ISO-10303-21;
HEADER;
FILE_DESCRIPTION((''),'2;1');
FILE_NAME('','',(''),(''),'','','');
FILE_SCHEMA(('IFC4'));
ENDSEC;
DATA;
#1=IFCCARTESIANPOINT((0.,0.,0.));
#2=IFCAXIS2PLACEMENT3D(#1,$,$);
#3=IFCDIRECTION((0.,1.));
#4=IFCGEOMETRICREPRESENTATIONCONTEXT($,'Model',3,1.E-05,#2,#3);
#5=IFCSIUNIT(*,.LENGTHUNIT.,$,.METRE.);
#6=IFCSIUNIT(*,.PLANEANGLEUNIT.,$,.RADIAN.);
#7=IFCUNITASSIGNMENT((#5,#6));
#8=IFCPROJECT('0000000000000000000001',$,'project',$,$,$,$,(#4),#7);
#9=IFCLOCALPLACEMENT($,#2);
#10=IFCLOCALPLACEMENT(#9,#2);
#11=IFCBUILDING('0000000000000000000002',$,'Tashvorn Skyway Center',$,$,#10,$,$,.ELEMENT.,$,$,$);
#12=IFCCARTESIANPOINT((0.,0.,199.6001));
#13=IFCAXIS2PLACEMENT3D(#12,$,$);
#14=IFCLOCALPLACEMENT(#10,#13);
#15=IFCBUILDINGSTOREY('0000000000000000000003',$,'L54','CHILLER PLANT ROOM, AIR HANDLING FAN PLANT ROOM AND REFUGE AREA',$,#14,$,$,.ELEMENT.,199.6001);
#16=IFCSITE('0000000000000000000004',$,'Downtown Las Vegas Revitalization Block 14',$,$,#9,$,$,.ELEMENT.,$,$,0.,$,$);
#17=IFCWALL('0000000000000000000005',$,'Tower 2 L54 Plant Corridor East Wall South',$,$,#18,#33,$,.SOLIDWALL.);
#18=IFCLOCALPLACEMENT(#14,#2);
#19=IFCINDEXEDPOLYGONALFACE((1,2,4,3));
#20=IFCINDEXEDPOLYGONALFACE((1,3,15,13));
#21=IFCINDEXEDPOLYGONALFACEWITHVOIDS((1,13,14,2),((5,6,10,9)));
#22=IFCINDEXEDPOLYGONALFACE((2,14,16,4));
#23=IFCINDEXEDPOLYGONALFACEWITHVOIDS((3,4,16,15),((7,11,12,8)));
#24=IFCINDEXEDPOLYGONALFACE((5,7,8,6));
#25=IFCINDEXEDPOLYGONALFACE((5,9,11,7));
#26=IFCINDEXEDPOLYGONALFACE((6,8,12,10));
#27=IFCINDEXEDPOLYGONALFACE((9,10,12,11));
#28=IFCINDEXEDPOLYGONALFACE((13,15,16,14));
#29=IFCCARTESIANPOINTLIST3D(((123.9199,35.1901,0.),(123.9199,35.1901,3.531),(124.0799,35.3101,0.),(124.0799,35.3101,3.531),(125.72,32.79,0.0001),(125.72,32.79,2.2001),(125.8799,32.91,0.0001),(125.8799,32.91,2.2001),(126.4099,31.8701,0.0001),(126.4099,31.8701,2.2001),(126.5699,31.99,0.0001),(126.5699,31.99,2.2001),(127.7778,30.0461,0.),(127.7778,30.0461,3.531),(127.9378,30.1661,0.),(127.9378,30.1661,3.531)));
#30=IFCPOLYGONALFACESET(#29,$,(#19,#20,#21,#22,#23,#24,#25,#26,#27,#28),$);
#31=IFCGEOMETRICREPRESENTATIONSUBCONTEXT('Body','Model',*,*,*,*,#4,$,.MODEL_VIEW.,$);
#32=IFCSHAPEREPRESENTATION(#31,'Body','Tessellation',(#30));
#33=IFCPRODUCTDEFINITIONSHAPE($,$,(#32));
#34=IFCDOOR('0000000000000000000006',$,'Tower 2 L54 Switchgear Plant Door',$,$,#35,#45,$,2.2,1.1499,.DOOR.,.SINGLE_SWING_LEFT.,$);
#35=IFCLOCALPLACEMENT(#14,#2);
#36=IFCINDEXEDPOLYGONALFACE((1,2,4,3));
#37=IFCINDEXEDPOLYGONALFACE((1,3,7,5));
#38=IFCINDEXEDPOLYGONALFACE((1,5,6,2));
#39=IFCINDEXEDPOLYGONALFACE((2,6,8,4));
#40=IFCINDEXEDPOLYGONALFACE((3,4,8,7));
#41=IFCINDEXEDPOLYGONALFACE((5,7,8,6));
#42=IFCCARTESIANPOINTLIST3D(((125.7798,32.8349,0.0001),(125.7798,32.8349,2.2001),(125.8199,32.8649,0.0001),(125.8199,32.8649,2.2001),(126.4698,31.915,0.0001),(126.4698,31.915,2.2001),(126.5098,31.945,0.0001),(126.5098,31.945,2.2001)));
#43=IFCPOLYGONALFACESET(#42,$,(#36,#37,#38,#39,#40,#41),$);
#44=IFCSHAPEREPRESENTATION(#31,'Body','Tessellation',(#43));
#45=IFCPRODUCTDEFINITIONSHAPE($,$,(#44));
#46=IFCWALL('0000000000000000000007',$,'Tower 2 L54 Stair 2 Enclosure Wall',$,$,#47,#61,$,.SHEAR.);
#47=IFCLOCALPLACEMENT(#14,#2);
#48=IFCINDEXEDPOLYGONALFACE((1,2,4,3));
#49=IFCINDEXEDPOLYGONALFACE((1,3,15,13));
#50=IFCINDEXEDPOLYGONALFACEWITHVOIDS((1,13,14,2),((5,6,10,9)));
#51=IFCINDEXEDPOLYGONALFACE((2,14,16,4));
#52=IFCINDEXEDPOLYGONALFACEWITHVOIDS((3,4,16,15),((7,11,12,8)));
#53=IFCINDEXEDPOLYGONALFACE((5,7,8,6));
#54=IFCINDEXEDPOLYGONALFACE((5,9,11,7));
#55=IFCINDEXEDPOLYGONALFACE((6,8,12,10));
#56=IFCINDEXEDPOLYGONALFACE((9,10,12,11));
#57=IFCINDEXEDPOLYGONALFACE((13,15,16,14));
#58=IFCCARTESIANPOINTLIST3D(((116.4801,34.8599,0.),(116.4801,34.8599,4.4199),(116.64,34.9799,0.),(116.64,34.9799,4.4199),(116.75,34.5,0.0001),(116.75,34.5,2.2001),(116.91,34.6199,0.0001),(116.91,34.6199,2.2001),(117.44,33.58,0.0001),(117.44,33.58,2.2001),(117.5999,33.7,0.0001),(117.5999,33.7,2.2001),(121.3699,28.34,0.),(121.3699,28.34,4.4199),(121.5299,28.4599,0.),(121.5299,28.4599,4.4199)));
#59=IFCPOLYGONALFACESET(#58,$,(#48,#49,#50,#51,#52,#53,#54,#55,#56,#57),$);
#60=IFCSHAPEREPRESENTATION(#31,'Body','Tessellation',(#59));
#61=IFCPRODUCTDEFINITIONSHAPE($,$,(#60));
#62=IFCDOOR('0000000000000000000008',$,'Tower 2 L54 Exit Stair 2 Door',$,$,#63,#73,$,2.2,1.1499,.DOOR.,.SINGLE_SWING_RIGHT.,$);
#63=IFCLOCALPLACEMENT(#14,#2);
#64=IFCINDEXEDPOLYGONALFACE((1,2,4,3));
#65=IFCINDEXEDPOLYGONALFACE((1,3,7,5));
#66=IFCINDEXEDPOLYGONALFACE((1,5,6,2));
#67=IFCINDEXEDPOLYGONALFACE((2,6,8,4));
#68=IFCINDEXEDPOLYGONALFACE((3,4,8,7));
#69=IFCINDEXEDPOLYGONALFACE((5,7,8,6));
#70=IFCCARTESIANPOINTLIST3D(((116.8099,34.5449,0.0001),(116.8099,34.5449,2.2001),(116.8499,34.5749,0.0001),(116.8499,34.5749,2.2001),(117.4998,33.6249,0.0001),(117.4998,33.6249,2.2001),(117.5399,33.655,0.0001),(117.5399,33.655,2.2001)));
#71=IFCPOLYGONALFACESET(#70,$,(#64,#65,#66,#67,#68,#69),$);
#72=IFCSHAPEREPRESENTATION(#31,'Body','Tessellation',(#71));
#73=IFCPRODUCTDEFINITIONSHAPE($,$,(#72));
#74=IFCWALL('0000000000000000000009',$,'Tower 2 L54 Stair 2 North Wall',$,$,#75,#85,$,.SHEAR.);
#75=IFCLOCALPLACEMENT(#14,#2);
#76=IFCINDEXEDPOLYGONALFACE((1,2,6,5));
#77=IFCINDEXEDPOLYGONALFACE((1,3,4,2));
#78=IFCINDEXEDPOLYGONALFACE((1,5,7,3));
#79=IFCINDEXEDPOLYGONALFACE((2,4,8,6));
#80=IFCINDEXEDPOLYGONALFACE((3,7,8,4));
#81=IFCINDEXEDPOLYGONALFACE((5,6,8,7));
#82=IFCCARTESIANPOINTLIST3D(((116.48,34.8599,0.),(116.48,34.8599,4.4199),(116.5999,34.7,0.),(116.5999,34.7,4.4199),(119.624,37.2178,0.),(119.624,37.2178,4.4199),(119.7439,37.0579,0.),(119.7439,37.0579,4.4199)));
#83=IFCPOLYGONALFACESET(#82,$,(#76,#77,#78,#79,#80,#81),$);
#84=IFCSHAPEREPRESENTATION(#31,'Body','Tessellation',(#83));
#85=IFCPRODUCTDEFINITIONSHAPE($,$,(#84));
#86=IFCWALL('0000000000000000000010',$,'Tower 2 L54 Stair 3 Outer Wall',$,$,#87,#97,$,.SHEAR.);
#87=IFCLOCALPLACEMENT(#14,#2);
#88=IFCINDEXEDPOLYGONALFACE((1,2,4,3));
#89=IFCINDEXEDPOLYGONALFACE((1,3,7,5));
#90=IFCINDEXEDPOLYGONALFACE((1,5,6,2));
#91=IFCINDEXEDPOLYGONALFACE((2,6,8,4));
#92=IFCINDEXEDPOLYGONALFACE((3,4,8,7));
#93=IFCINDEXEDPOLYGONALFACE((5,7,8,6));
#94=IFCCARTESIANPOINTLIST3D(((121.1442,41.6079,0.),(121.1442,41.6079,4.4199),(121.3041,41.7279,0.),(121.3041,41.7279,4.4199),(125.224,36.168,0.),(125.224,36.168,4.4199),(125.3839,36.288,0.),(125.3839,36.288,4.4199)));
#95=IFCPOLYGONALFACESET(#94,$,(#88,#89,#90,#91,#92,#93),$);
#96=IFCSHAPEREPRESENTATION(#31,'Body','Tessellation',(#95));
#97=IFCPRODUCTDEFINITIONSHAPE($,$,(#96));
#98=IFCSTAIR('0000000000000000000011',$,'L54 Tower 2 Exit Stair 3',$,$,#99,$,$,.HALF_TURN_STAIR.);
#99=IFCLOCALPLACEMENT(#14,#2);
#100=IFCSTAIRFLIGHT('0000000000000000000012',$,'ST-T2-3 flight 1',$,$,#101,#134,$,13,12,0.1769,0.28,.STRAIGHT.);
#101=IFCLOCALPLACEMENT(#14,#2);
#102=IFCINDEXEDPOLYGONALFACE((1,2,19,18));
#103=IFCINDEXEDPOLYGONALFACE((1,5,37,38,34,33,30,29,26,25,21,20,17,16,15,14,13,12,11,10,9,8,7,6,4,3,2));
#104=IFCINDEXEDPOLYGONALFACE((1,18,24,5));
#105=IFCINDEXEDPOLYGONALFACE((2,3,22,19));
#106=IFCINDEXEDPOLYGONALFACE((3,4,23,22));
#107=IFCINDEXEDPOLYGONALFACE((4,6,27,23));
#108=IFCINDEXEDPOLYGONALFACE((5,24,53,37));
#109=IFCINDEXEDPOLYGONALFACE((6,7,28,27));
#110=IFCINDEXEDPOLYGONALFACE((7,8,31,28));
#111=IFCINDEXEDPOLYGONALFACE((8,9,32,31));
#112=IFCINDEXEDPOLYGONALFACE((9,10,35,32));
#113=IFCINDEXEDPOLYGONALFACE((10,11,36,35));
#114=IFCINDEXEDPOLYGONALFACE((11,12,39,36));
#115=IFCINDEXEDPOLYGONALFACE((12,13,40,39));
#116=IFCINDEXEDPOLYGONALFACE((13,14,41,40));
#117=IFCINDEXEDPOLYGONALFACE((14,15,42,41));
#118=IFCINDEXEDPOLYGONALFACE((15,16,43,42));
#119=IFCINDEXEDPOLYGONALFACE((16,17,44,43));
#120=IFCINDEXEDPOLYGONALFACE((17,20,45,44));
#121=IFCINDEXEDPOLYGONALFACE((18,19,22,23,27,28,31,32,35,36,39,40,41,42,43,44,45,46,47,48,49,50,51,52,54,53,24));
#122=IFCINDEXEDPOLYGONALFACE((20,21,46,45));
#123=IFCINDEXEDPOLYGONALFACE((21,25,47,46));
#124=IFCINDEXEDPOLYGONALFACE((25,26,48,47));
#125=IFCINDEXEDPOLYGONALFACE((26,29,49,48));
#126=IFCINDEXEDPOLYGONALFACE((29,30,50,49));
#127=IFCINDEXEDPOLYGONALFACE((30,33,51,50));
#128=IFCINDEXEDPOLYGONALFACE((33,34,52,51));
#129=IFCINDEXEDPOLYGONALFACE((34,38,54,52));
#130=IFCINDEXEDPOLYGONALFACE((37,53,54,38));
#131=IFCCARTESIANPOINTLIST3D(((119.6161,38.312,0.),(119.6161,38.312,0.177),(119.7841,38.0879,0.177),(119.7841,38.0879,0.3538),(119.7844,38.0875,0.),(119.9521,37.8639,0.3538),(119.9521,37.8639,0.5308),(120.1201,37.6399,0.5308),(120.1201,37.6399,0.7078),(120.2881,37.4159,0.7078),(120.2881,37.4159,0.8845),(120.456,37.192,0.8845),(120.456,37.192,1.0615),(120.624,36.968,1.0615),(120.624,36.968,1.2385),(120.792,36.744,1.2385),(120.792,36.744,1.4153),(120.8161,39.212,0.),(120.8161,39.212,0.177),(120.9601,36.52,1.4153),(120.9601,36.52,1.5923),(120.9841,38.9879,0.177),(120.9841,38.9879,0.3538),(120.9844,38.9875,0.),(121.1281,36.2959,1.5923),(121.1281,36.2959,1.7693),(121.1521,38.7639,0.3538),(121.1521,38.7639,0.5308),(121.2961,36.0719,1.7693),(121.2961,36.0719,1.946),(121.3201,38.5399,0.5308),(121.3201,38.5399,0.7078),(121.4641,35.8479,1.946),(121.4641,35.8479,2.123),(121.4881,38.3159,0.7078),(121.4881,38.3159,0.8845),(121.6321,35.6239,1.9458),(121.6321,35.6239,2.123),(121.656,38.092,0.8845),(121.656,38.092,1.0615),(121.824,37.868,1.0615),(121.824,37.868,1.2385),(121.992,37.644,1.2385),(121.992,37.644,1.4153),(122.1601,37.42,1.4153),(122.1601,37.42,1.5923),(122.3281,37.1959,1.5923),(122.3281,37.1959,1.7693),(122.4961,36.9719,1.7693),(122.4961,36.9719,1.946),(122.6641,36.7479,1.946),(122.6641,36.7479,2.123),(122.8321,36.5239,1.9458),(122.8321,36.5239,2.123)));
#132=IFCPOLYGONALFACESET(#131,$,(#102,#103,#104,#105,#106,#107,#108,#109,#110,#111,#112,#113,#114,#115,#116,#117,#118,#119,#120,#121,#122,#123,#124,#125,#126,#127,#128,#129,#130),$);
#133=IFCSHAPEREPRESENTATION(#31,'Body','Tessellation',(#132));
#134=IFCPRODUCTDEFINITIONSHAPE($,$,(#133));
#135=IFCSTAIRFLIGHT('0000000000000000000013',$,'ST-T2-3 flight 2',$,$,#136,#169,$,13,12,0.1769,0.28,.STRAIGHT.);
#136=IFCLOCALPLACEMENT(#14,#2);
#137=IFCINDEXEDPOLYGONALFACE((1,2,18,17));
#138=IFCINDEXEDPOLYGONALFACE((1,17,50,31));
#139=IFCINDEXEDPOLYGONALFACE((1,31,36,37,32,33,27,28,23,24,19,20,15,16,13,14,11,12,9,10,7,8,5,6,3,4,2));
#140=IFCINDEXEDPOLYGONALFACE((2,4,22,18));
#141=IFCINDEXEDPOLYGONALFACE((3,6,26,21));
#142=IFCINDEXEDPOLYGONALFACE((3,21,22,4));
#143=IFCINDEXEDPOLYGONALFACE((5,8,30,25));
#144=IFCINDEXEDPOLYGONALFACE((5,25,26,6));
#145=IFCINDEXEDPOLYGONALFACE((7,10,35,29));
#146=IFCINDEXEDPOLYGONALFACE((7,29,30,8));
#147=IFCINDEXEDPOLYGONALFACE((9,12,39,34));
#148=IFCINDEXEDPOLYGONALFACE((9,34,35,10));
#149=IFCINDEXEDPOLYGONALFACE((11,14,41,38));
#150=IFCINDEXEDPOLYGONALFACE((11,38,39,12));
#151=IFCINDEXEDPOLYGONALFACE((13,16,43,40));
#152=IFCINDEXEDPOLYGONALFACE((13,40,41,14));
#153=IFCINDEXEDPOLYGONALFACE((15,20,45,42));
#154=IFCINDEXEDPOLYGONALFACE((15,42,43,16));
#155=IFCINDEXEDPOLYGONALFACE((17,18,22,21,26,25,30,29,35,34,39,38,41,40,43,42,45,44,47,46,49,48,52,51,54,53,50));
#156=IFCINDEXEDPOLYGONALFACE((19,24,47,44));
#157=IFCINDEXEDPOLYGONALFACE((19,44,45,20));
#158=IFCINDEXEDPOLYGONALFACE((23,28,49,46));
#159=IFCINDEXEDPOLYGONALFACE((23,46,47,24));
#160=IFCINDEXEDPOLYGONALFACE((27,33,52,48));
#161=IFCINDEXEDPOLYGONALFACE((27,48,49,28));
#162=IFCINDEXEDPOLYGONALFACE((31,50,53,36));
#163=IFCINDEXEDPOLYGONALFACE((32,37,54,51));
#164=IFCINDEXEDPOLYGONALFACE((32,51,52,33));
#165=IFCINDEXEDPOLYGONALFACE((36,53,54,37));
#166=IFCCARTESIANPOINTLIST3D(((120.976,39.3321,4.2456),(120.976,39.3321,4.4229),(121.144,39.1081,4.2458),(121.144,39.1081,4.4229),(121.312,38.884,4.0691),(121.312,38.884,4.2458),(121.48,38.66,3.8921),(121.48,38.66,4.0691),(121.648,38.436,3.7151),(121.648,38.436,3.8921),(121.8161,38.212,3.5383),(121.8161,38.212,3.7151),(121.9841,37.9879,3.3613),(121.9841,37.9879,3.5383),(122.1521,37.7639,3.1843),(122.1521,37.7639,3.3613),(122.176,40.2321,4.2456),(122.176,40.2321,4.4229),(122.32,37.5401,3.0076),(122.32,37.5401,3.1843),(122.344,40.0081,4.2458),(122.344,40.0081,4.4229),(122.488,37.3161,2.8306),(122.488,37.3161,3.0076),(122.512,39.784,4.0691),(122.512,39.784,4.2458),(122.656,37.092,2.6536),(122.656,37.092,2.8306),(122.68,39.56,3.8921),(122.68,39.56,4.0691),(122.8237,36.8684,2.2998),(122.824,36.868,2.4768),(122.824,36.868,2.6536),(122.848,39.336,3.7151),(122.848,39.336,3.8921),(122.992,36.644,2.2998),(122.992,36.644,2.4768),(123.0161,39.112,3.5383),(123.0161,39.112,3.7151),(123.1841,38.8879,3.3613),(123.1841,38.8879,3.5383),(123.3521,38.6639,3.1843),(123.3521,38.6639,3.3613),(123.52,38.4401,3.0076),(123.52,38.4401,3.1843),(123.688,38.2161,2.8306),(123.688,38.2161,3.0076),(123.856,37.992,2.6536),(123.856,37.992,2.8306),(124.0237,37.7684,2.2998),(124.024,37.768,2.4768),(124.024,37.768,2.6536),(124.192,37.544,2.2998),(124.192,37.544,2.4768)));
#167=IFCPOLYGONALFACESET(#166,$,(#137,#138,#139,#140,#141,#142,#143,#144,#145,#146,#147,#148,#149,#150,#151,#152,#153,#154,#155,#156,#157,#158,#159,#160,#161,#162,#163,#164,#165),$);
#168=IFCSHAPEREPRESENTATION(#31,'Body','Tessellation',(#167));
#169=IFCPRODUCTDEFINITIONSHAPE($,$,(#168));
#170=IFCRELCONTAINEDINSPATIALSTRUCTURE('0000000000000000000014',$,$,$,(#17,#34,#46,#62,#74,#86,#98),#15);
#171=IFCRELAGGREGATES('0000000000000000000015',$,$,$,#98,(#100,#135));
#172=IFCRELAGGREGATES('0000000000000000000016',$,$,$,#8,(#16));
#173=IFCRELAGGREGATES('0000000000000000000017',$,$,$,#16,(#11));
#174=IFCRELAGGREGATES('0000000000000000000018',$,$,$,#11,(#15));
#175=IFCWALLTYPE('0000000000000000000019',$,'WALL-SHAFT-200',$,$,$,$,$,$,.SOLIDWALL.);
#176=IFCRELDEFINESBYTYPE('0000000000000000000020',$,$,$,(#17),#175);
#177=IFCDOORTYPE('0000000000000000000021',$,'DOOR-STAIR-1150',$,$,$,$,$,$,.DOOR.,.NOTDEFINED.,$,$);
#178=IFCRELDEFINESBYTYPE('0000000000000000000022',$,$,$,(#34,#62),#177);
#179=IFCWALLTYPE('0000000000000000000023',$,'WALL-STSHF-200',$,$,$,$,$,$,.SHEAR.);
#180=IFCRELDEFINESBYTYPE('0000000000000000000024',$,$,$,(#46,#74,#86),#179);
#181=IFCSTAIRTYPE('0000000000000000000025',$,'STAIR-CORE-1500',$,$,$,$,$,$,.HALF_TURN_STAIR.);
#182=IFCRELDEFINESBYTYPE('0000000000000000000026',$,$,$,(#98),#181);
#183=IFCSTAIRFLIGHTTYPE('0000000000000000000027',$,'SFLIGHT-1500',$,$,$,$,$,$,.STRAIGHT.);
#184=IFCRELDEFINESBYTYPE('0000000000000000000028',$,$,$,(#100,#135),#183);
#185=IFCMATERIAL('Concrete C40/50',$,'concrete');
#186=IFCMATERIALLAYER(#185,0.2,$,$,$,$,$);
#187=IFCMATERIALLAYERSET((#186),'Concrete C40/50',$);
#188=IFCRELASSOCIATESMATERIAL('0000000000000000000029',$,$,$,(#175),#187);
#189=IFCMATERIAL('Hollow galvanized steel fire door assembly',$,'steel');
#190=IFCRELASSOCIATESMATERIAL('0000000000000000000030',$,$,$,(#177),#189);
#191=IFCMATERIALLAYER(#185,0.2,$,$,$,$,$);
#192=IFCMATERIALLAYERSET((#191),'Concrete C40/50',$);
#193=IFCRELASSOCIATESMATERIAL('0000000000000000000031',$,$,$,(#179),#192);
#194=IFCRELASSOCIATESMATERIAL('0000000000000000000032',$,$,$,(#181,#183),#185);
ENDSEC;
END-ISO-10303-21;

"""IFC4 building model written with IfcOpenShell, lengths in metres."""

from ifc_helpers import new_model, si_unit, direction, frame, frame_2d, origin, place, context, subcontext, project, spatial, polyline, rectangle, outline, extrude, material, layer, layer_set, type_object, element, fill, aggregate, save


model = new_model("IFC4")

# Units and contexts
model_context = context("Model", 3, precision=1e-05, world=origin(), true_north=direction((0.0, 1.0)))
body_context = subcontext(model_context, "Body", "Model", "MODEL_VIEW")
ifc_project = project(units=[si_unit("LENGTHUNIT", "METRE"), si_unit("PLANEANGLEUNIT", "RADIAN")], contexts=[model_context])

# Site, building, storey
site_placement = place(None, origin())
site = spatial("IfcSite", under=ifc_project, at=site_placement, Name="Downtown Las Vegas Revitalization Block 14", CompositionType="ELEMENT", RefElevation=0.0)
building_placement = place(site_placement, origin())
building = spatial("IfcBuilding", under=site, at=building_placement, Name="Tashvorn Skyway Center", CompositionType="ELEMENT")
storey_placement = place(building_placement, frame((0.0, 0.0, 199.6001)))
storey = spatial("IfcBuildingStorey", under=building, at=storey_placement, Name="L54", Description="CHILLER PLANT ROOM, AIR HANDLING FAN PLANT ROOM AND REFUGE AREA", CompositionType="ELEMENT", Elevation=199.6001)

# Shared definitions
ifc_material_1 = material(Name="Concrete C40/50", Category="concrete")
ifc_layer_1 = layer(ifc_material_1, 0.2)
ifc_layer_set_1 = layer_set([ifc_layer_1], Name="Concrete C40/50")
wall_type_1 = type_object("IfcWallType", Name="WALL-SHAFT-200", PredefinedType="SOLIDWALL", material=ifc_layer_set_1)

# Walls, openings, doors
wall_1_placement = place(storey_placement, frame((124.0, 35.25, 0.0), z_axis=(0.0, 0.0, 1.0), x_axis=(0.599988, -0.800009, 0.0)))
wall_1 = element("IfcWall", 1, at=wall_1_placement, inside=storey, type_object=wall_type_1, Name="Tower 2 L54 Plant Corridor East Wall South", PredefinedType="SOLIDWALL", context=body_context, shape_type="SweptSolid", body=[
    extrude(rectangle(XDim=6.4299, YDim=0.2, at=frame_2d((3.2148, 0.0))), origin(), (0.0, 0.0, 1.0), 3.531),
])
opening_1_placement = place(wall_1_placement, frame((3.0, 0.0, 0.0)))
opening_1 = element("IfcOpeningElement", 2, at=opening_1_placement, cuts=wall_1, PredefinedType="OPENING", context=body_context, shape_type="SweptSolid", body=[
    extrude(rectangle(XDim=1.1499, YDim=2.2, at=frame_2d((0.575, 1.1001))), frame((0.0, 0.1099, 0.0), z_axis=(0.0, -1.0, 0.0), x_axis=(1.0, 0.0, 0.0)), (0.0, 0.0, 1.0), 0.22),
])
ifc_material_2 = material(Name="Hollow galvanized steel fire door assembly", Category="steel")
door_type = type_object("IfcDoorType", Name="DOOR-STAIR-1150", OperationType="NOTDEFINED", PredefinedType="DOOR", material=ifc_material_2)
door_1_placement = place(opening_1_placement, origin())
door_1 = element("IfcDoor", 3, at=door_1_placement, inside=storey, type_object=door_type, Name="Tower 2 L54 Switchgear Plant Door", OperationType="SINGLE_SWING_LEFT", OverallHeight=2.2, OverallWidth=1.1499, PredefinedType="DOOR", context=body_context, shape_type="SweptSolid", body=[
    extrude(rectangle(XDim=1.1499, YDim=2.2, at=frame_2d((0.575, 1.1001))), frame((0.0, 0.0249, 0.0), z_axis=(0.0, -1.0, 0.0), x_axis=(1.0, 0.0, 0.0)), (0.0, 0.0, 1.0), 0.05),
])
fill(opening_1, door_1)
ifc_layer_2 = layer(ifc_material_1, 0.2)
ifc_layer_set_2 = layer_set([ifc_layer_2], Name="Concrete C40/50")
wall_type_2 = type_object("IfcWallType", Name="WALL-STSHF-200", PredefinedType="SHEAR", material=ifc_layer_set_2)
wall_2_placement = place(storey_placement, frame((116.5601, 34.9199, 0.0), z_axis=(0.0, 0.0, 1.0), x_axis=(0.59999, -0.800007, 0.0)))
wall_2 = element("IfcWall", 4, at=wall_2_placement, inside=storey, type_object=wall_type_2, Name="Tower 2 L54 Stair 2 Enclosure Wall", PredefinedType="SHEAR", context=body_context, shape_type="SweptSolid", body=[
    extrude(rectangle(XDim=8.1499, YDim=0.2, at=frame_2d((4.075, 0.0))), origin(), (0.0, 0.0, 1.0), 4.4199),
])
opening_2_placement = place(wall_2_placement, frame((0.45, 0.0, 0.0)))
opening_2 = element("IfcOpeningElement", 5, at=opening_2_placement, cuts=wall_2, PredefinedType="OPENING", context=body_context, shape_type="SweptSolid", body=[
    extrude(rectangle(XDim=1.1499, YDim=2.2, at=frame_2d((0.575, 1.1001))), frame((0.0, 0.1099, 0.0), z_axis=(0.0, -1.0, 0.0), x_axis=(1.0, 0.0, 0.0)), (0.0, 0.0, 1.0), 0.22),
])
door_2_placement = place(opening_2_placement, origin())
door_2 = element("IfcDoor", 6, at=door_2_placement, inside=storey, type_object=door_type, Name="Tower 2 L54 Exit Stair 2 Door", OperationType="SINGLE_SWING_RIGHT", OverallHeight=2.2, OverallWidth=1.1499, PredefinedType="DOOR", context=body_context, shape_type="SweptSolid", body=[
    extrude(rectangle(XDim=1.1499, YDim=2.2, at=frame_2d((0.575, 1.1001))), frame((0.0, 0.0249, 0.0), z_axis=(0.0, -1.0, 0.0), x_axis=(1.0, 0.0, 0.0)), (0.0, 0.0, 1.0), 0.05),
])
fill(opening_2, door_2)

# Walls
wall_3_placement = place(storey_placement, frame((116.54, 34.78, 0.0), z_axis=(0.0, 0.0, 1.0), x_axis=(0.800015, 0.59998, 0.0)))
element("IfcWall", 7, at=wall_3_placement, inside=storey, type_object=wall_type_2, Name="Tower 2 L54 Stair 2 North Wall", PredefinedType="SHEAR", context=body_context, shape_type="SweptSolid", body=[
    extrude(rectangle(XDim=3.9299, YDim=0.2, at=frame_2d((1.9648, 0.0))), origin(), (0.0, 0.0, 1.0), 4.4199),
])
wall_4_placement = place(storey_placement, frame((125.304, 36.228, 0.0), z_axis=(0.0, 0.0, 1.0), x_axis=(-0.599989, 0.800009, 0.0)))
element("IfcWall", 8, at=wall_4_placement, inside=storey, type_object=wall_type_2, Name="Tower 2 L54 Stair 3 Outer Wall", PredefinedType="SHEAR", context=body_context, shape_type="SweptSolid", body=[
    extrude(rectangle(XDim=6.7998, YDim=0.2, at=frame_2d((3.3999, 0.0))), origin(), (0.0, 0.0, 1.0), 4.4199),
])

# Stair, stair flights
stair_type = type_object("IfcStairType", Name="STAIR-CORE-1500", PredefinedType="HALF_TURN_STAIR", material=ifc_material_1)
stair_placement = place(storey_placement, origin())
stair = element("IfcStair", 9, at=stair_placement, inside=storey, type_object=stair_type, Name="L54 Tower 2 Exit Stair 3", PredefinedType="HALF_TURN_STAIR")
stair_flight_type = type_object("IfcStairFlightType", Name="SFLIGHT-1500", PredefinedType="STRAIGHT", material=ifc_material_1)
stair_flight_1_placement = place(storey_placement, frame((120.2161, 38.762, 0.0), z_axis=(0.0, 0.0, 1.0), x_axis=(0.6, -0.8, 0.0)))
stair_flight_1 = element("IfcStairFlight", 10, at=stair_flight_1_placement, type_object=stair_flight_type, Name="ST-T2-3 flight 1", NumberOfRisers=13, NumberOfTreads=12, PredefinedType="STRAIGHT", RiserHeight=0.1769, TreadLength=0.28, context=body_context, shape_type="SweptSolid", body=[
    extrude(outline(polyline([(0.0, 0.0), (0.0, 0.177), (0.28, 0.177), (0.28, 0.3538), (0.5601, 0.3538), (0.5601, 0.5308), (0.8401, 0.5308), (0.8401, 0.7078), (1.1201, 0.7078), (1.1201, 0.8845), (1.3999, 0.8845), (1.3999, 1.0615), (1.6799, 1.0615), (1.6799, 1.2385), (1.96, 1.2385), (1.96, 1.4153), (2.24, 1.4153), (2.24, 1.5923), (2.52, 1.5923), (2.52, 1.7693), (2.8, 1.7693), (2.8, 1.946), (3.0801, 1.946), (3.0801, 2.123), (3.3601, 2.123), (3.3601, 2.3), (3.3601, 1.9458), (0.2805, 0.0), (0.0, 0.0)])), frame((0.0, 0.75, 0.0), z_axis=(0.0, -1.0, 0.0), x_axis=(1.0, 0.0, 0.0)), (0.0, 0.0, 1.0), 1.5),
])
stair_flight_2_placement = place(storey_placement, frame((123.592, 37.094, 2.2998), z_axis=(0.0, 0.0, 1.0), x_axis=(-0.6, 0.8, 0.0)))
stair_flight_2 = element("IfcStairFlight", 11, at=stair_flight_2_placement, type_object=stair_flight_type, Name="ST-T2-3 flight 2", NumberOfRisers=13, NumberOfTreads=12, PredefinedType="STRAIGHT", RiserHeight=0.1769, TreadLength=0.28, context=body_context, shape_type="SweptSolid", body=[
    extrude(outline(polyline([(0.0, 0.0), (0.0, 0.177), (0.28, 0.177), (0.28, 0.3538), (0.5601, 0.3538), (0.5601, 0.5308), (0.8401, 0.5308), (0.8401, 0.7078), (1.1201, 0.7078), (1.1201, 0.8845), (1.3999, 0.8845), (1.3999, 1.0615), (1.6799, 1.0615), (1.6799, 1.2385), (1.96, 1.2385), (1.96, 1.4153), (2.24, 1.4153), (2.24, 1.5923), (2.52, 1.5923), (2.52, 1.7693), (2.8, 1.7693), (2.8, 1.946), (3.0801, 1.946), (3.0801, 2.123), (3.3601, 2.123), (3.3601, 2.3), (3.3601, 1.9458), (0.2805, 0.0), (0.0, 0.0)])), frame((0.0, 0.75, 0.0), z_axis=(0.0, -1.0, 0.0), x_axis=(1.0, 0.0, 0.0)), (0.0, 0.0, 1.0), 1.5),
])
aggregate(stair, [stair_flight_1, stair_flight_2])

save(model, "model.ifc")
